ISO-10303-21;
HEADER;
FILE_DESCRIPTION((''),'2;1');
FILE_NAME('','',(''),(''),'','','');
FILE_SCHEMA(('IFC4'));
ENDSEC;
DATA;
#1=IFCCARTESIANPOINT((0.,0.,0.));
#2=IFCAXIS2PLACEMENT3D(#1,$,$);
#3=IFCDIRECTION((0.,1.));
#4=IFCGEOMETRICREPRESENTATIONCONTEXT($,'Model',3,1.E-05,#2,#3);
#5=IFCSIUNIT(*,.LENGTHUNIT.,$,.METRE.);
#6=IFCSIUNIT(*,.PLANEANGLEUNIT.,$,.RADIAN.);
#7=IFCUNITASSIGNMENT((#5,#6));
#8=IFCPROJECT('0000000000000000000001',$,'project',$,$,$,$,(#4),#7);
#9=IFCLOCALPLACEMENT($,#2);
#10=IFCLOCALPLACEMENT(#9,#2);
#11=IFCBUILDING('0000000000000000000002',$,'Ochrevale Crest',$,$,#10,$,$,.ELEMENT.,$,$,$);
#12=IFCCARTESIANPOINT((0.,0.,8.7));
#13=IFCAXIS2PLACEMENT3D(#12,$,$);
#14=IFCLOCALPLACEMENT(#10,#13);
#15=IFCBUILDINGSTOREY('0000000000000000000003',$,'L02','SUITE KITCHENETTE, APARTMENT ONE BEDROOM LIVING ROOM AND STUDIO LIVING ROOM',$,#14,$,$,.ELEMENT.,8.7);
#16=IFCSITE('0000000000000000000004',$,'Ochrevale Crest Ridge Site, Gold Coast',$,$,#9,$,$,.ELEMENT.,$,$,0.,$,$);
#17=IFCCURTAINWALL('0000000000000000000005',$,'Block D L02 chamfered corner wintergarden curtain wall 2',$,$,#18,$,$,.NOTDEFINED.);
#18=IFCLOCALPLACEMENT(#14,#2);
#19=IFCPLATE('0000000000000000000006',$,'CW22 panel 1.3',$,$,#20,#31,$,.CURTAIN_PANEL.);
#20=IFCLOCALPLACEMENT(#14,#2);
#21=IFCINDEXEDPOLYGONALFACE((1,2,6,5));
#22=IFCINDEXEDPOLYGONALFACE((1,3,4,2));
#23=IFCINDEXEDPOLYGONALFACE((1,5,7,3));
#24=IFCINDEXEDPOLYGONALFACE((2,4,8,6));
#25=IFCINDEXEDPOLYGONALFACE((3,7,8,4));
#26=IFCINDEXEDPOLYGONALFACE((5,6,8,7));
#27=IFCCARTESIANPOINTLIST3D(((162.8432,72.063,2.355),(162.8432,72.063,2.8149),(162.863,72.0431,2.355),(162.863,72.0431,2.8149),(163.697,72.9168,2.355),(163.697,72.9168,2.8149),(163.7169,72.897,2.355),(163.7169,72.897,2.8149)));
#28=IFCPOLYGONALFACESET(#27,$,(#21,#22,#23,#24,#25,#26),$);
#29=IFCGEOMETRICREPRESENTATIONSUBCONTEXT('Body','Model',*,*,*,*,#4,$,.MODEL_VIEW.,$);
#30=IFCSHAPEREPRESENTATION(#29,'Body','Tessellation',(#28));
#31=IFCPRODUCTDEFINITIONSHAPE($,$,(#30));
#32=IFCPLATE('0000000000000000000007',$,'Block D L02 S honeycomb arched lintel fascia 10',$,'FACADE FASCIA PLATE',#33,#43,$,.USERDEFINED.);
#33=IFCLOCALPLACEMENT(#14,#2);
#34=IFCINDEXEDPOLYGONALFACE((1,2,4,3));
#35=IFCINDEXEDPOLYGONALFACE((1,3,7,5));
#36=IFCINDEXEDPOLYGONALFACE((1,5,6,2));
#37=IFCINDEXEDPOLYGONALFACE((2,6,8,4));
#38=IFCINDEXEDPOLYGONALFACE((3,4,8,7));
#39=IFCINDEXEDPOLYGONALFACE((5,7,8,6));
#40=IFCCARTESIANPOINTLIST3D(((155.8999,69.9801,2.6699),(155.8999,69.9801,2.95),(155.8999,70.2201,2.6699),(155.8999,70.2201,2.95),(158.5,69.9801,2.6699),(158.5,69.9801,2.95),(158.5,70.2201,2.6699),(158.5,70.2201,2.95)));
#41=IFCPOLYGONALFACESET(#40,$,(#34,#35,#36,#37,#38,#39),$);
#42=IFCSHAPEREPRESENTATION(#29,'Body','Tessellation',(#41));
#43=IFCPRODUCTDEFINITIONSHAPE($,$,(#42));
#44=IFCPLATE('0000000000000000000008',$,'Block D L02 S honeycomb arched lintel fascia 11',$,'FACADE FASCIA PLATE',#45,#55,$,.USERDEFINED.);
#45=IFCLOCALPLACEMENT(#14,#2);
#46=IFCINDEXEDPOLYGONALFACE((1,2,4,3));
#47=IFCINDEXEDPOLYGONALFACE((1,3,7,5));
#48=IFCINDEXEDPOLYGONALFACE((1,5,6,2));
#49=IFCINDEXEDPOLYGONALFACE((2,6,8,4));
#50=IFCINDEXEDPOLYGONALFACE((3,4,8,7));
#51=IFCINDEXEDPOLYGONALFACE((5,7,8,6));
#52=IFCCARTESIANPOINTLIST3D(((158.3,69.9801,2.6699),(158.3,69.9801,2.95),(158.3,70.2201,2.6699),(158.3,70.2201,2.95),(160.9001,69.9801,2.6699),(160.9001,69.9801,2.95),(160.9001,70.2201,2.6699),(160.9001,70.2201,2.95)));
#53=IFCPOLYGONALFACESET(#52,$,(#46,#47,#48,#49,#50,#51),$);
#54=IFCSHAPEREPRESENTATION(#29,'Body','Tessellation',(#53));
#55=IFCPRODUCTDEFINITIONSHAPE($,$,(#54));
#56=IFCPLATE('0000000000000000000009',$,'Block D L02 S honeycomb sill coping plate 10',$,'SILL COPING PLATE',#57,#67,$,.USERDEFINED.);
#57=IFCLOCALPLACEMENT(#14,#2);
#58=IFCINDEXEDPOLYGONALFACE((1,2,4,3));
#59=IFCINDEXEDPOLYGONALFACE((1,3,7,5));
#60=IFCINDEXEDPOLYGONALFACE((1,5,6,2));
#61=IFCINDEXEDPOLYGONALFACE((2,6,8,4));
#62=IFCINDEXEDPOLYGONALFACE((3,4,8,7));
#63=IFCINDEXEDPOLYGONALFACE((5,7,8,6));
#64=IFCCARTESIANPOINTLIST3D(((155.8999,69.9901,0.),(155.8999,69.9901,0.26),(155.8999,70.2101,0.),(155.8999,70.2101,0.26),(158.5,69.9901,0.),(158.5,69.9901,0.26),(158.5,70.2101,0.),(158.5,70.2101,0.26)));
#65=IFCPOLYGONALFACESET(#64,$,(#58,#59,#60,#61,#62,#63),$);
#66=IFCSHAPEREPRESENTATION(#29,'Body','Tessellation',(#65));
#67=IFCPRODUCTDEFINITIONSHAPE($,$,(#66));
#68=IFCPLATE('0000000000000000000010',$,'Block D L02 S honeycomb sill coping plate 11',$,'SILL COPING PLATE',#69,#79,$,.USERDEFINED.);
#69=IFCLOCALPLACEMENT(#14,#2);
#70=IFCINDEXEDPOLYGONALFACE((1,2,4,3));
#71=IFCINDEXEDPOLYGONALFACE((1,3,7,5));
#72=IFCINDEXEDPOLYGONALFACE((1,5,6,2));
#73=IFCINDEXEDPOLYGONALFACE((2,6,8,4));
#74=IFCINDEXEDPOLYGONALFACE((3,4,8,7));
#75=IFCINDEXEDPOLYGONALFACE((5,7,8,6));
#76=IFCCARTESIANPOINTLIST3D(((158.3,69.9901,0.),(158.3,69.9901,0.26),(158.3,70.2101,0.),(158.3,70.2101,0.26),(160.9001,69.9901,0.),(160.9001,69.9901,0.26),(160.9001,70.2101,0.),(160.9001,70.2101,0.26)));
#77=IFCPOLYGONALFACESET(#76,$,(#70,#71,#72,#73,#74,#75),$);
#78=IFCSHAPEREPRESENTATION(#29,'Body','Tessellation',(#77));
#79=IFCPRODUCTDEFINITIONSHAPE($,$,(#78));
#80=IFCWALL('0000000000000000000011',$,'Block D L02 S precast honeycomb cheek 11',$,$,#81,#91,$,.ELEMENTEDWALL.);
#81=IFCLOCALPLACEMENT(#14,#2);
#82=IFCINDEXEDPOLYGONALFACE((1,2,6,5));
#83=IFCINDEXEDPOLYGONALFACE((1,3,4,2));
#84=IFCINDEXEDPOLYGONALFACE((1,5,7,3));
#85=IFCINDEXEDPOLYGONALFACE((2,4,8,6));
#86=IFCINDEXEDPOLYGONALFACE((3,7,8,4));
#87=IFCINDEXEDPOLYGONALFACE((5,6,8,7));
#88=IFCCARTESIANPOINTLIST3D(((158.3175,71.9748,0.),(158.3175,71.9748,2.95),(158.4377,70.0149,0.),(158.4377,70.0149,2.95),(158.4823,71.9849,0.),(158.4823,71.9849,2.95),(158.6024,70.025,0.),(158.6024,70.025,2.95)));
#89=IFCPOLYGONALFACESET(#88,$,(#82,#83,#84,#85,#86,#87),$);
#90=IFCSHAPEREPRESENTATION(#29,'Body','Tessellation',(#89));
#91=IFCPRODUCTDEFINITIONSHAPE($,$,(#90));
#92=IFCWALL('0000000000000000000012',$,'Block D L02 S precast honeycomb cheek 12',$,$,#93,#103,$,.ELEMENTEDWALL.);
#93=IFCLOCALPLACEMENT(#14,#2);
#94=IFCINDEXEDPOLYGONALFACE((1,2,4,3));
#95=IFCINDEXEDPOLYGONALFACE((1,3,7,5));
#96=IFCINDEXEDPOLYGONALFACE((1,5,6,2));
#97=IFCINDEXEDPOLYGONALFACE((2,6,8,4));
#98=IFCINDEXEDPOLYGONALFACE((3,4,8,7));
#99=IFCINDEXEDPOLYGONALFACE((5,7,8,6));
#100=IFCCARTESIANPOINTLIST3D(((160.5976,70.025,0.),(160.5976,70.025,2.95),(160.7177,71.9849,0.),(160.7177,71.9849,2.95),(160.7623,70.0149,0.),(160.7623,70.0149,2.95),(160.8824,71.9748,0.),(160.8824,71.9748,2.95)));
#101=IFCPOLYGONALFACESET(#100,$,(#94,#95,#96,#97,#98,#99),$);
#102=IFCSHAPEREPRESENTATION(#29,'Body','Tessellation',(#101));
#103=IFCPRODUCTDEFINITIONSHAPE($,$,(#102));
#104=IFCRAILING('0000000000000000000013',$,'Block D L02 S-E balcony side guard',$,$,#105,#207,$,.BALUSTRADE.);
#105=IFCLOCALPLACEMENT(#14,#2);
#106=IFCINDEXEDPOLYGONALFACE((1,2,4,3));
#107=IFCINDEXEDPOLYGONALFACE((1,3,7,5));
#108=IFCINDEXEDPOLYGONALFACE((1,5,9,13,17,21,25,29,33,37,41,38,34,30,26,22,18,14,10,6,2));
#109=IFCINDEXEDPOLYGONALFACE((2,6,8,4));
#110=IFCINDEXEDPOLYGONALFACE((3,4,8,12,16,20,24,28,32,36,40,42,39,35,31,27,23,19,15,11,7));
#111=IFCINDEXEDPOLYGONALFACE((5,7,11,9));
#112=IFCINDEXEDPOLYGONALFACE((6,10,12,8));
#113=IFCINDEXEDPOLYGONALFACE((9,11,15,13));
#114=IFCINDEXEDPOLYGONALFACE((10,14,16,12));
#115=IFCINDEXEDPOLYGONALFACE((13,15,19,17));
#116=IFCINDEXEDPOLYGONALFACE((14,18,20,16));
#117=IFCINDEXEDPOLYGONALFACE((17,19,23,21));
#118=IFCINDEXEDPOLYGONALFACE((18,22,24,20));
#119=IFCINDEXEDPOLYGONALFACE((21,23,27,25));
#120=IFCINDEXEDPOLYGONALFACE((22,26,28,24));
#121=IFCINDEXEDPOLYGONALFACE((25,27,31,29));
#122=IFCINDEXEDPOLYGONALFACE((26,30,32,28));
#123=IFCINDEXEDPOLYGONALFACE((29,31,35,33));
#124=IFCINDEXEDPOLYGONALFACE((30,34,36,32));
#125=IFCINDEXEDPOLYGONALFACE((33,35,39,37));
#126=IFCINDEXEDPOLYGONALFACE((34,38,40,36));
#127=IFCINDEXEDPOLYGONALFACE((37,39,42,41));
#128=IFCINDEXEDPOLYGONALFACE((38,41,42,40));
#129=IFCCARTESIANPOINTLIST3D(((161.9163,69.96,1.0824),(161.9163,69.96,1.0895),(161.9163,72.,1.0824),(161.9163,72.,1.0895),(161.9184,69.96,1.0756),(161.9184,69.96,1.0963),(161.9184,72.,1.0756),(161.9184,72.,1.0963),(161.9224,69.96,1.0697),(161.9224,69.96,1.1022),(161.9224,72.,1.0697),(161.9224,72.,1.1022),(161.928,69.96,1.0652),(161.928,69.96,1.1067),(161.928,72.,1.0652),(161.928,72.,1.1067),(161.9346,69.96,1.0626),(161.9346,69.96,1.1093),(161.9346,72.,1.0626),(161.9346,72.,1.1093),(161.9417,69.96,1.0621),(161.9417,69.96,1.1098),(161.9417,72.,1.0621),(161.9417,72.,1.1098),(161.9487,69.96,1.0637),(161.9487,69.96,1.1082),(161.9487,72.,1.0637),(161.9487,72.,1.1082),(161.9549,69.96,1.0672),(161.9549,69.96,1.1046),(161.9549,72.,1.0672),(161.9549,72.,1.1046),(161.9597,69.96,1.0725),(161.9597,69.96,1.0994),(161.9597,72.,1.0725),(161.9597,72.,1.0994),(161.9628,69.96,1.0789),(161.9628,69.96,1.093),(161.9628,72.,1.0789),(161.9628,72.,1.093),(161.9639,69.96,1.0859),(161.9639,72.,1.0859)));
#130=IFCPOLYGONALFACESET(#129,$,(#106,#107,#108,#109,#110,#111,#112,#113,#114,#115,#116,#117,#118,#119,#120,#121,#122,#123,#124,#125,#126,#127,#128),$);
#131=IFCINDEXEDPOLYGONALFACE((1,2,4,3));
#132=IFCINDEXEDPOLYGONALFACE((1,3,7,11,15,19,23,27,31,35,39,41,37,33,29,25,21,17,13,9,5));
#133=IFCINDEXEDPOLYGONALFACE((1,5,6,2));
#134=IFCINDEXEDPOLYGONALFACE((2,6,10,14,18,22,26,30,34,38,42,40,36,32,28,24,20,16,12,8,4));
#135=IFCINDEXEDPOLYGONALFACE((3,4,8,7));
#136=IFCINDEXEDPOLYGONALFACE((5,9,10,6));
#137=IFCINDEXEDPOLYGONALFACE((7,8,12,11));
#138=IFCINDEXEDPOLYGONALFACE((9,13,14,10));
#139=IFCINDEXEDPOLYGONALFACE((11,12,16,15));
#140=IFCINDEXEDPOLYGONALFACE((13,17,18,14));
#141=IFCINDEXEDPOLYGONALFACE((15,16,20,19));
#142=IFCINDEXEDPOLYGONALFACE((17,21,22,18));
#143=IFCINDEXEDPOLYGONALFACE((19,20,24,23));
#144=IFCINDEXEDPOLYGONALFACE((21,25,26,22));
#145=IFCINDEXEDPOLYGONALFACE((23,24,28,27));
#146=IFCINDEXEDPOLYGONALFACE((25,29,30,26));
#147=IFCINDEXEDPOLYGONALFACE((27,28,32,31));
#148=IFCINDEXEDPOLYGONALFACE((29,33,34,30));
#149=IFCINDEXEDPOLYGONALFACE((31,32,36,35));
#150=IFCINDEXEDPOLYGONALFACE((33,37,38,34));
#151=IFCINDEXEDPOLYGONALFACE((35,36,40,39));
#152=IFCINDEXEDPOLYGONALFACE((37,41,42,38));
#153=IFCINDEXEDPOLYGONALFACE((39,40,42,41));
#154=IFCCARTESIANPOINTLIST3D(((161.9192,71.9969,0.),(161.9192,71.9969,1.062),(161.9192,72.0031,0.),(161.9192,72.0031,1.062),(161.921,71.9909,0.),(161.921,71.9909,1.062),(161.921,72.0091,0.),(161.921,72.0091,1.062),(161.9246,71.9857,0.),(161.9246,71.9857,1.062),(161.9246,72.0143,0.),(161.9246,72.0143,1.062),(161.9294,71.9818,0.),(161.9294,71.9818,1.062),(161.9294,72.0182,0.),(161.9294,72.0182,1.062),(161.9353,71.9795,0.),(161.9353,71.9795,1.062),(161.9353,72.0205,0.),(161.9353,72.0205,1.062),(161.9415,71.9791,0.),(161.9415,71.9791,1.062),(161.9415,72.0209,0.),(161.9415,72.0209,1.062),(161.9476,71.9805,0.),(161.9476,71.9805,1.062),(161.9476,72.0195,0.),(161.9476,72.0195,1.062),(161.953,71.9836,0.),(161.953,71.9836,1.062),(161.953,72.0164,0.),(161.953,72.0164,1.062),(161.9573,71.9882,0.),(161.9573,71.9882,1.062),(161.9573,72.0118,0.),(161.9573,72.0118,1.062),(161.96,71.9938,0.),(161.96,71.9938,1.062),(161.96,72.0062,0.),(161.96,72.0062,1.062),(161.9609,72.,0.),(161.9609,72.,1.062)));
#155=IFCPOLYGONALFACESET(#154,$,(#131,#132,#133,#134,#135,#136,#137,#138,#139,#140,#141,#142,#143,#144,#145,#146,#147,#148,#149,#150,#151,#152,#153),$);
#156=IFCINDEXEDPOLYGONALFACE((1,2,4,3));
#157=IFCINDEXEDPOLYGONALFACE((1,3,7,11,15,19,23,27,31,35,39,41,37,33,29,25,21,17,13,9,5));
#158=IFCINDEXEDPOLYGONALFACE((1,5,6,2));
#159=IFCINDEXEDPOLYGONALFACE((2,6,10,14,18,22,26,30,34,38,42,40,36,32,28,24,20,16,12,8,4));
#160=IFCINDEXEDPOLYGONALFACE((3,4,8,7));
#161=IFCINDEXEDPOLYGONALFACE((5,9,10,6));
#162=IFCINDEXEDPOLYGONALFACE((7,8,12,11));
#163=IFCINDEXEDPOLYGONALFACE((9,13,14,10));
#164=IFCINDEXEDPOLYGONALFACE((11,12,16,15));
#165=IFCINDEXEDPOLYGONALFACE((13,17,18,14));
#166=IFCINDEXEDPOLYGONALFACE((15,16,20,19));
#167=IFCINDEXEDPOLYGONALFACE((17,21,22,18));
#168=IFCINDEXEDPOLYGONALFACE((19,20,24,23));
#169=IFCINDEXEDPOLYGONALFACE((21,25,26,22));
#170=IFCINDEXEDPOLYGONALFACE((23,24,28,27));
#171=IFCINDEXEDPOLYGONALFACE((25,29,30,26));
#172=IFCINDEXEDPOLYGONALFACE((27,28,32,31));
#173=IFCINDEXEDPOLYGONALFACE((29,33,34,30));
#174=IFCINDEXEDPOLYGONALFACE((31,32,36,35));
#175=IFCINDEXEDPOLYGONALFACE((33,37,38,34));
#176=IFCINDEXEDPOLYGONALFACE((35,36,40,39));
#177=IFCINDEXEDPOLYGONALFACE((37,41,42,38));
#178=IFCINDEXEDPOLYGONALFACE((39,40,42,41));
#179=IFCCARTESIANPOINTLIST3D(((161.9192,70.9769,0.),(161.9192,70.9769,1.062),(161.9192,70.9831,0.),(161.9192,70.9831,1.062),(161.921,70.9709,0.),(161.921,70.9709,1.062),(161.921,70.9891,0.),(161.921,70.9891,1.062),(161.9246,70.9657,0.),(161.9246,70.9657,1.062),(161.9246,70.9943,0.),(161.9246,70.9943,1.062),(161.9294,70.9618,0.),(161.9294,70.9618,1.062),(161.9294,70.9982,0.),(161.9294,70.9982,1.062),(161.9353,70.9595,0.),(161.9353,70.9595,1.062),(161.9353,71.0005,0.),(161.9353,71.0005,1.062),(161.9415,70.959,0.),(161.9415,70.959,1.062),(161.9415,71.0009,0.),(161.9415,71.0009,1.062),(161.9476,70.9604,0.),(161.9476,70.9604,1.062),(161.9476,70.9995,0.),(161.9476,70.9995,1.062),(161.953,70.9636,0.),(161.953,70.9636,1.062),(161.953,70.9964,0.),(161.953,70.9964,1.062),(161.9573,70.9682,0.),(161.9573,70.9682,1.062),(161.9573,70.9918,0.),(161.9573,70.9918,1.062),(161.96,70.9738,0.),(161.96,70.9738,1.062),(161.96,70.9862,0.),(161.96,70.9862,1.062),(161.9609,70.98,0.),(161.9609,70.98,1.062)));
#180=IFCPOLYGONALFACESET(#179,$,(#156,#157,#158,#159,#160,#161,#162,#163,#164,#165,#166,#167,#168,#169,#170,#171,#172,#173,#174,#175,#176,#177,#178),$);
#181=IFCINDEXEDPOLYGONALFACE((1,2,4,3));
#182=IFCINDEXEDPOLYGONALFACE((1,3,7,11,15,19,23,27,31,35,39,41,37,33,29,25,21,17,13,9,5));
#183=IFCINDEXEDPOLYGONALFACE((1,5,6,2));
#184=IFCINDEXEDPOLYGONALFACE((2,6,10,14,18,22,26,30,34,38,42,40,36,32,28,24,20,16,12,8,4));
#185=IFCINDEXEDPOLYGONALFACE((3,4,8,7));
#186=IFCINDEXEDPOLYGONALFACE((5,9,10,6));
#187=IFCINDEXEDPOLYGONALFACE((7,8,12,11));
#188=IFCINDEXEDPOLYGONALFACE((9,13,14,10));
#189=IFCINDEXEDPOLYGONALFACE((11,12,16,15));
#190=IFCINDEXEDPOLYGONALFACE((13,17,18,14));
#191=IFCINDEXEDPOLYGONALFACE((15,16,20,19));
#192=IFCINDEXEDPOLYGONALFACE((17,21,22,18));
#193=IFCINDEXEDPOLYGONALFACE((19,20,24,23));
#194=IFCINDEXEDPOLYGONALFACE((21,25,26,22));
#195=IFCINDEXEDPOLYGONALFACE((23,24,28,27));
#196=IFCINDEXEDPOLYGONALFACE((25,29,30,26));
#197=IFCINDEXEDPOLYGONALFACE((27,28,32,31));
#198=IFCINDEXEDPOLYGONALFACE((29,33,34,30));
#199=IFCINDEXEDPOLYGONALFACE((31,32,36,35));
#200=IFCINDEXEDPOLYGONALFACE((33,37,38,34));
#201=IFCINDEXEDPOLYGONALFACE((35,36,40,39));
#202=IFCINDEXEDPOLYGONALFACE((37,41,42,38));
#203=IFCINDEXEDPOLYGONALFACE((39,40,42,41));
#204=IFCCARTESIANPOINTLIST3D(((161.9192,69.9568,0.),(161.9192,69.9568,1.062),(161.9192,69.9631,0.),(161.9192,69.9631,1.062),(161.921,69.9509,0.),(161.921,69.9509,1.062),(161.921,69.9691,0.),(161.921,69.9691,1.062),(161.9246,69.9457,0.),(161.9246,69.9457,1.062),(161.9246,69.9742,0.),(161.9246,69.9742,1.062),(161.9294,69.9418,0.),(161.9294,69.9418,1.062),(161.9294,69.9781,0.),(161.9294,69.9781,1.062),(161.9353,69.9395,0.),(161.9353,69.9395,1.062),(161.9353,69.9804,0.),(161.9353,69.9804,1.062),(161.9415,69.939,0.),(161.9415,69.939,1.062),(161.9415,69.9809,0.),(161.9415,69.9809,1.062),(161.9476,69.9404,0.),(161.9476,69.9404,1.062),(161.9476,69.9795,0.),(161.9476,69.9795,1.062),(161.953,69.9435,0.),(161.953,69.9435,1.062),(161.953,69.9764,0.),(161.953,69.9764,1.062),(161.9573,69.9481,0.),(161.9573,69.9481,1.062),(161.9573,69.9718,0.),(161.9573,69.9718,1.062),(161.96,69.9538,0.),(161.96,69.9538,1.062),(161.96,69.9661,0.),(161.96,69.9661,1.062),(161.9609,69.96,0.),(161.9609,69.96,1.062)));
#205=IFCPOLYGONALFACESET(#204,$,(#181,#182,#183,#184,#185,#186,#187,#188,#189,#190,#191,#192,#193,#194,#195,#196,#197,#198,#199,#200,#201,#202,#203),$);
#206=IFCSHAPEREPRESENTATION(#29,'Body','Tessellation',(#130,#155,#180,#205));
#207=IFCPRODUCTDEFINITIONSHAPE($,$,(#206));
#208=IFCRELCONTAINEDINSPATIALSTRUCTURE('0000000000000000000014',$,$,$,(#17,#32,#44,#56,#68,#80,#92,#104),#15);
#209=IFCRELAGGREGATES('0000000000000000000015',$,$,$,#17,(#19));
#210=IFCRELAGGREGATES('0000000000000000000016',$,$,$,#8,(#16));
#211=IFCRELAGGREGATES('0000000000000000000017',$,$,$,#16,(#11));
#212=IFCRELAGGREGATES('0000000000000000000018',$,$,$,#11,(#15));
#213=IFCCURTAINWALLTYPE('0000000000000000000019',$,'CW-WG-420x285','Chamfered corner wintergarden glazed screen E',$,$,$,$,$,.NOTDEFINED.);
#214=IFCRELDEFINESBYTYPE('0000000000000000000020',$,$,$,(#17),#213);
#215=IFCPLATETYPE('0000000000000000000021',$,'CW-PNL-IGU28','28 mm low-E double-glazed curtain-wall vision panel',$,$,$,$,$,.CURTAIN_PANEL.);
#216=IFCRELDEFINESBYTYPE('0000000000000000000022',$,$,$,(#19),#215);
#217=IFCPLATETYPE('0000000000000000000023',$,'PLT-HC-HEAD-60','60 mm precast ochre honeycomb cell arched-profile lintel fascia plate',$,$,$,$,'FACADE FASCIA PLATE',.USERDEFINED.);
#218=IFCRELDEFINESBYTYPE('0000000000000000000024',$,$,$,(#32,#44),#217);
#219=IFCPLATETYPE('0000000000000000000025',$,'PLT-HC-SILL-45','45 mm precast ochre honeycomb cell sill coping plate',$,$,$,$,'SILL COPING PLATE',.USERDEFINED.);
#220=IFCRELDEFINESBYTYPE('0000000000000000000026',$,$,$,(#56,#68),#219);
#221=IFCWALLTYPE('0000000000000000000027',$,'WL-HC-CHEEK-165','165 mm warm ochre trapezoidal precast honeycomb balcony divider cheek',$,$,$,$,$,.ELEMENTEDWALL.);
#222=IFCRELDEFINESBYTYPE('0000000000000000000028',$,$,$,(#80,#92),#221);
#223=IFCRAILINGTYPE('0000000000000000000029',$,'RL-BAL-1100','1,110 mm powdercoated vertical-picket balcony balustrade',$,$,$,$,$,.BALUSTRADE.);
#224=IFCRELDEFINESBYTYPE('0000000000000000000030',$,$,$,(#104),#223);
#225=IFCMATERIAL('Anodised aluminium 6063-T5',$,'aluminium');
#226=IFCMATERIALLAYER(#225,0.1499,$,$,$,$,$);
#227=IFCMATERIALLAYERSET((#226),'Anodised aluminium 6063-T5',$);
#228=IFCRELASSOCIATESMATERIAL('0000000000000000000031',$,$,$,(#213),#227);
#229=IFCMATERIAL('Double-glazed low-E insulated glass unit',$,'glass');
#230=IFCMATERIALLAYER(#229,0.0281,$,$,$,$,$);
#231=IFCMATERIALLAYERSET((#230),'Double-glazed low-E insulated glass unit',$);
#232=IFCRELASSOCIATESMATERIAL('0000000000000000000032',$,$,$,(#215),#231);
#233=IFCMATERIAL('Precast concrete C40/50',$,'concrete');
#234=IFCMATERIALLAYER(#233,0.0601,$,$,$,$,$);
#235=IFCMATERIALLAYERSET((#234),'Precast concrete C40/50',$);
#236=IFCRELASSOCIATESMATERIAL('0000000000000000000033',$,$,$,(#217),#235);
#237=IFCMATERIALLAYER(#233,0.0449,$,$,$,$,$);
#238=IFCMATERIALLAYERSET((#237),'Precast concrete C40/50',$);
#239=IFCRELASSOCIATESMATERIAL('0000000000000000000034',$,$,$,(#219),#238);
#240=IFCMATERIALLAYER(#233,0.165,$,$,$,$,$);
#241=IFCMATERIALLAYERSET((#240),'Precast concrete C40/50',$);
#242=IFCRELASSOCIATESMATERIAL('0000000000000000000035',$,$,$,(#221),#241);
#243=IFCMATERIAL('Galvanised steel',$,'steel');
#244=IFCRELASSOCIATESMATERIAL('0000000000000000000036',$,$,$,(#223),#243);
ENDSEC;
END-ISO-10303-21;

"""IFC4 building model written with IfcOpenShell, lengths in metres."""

from ifc_helpers import new_model, si_unit, direction, frame, frame_2d, origin, origin_2d, place, context, subcontext, project, spatial, rectangle, circle, extrude, material, layer, layer_set, type_object, element, aggregate, save


model = new_model("IFC4")

# Units and contexts
model_context = context("Model", 3, precision=1e-05, world=origin(), true_north=direction((0.0, 1.0)))
body_context = subcontext(model_context, "Body", "Model", "MODEL_VIEW")
ifc_project = project(units=[si_unit("LENGTHUNIT", "METRE"), si_unit("PLANEANGLEUNIT", "RADIAN")], contexts=[model_context])

# Site, building, storey
site_placement = place(None, origin())
site = spatial("IfcSite", under=ifc_project, at=site_placement, Name="Ochrevale Crest Ridge Site, Gold Coast", CompositionType="ELEMENT", RefElevation=0.0)
building_placement = place(site_placement, origin())
building = spatial("IfcBuilding", under=site, at=building_placement, Name="Ochrevale Crest", CompositionType="ELEMENT")
storey_placement = place(building_placement, frame((0.0, 0.0, 8.7)))
storey = spatial("IfcBuildingStorey", under=building, at=storey_placement, Name="L02", Description="SUITE KITCHENETTE, APARTMENT ONE BEDROOM LIVING ROOM AND STUDIO LIVING ROOM", CompositionType="ELEMENT", Elevation=8.7)

# Curtain wall, plate
ifc_material_1 = material(Name="Anodised aluminium 6063-T5", Category="aluminium")
ifc_layer_1 = layer(ifc_material_1, 0.1499)
ifc_layer_set_1 = layer_set([ifc_layer_1], Name="Anodised aluminium 6063-T5")
curtain_wall_type = type_object("IfcCurtainWallType", Name="CW-WG-420x285", Description="Chamfered corner wintergarden glazed screen E", PredefinedType="NOTDEFINED", material=ifc_layer_set_1)
curtain_wall_placement = place(storey_placement, origin())
curtain_wall = element("IfcCurtainWall", 1, at=curtain_wall_placement, inside=storey, type_object=curtain_wall_type, Name="Block D L02 chamfered corner wintergarden curtain wall 2", PredefinedType="NOTDEFINED")
ifc_material_2 = material(Name="Double-glazed low-E insulated glass unit", Category="glass")
ifc_layer_2 = layer(ifc_material_2, 0.0281)
ifc_layer_set_2 = layer_set([ifc_layer_2], Name="Double-glazed low-E insulated glass unit")
plate_type_1 = type_object("IfcPlateType", Name="CW-PNL-IGU28", Description="28 mm low-E double-glazed curtain-wall vision panel", PredefinedType="CURTAIN_PANEL", material=ifc_layer_set_2)
plate_1_placement = place(storey_placement, frame((163.28, 72.48, 2.355), z_axis=(0.0, 0.0, 1.0), x_axis=(0.707107, 0.707107, 0.0)))
plate_1 = element("IfcPlate", 2, at=plate_1_placement, type_object=plate_type_1, Name="CW22 panel 1.3", PredefinedType="CURTAIN_PANEL", context=body_context, shape_type="SweptSolid", body=[
    extrude(rectangle(XDim=1.2075, YDim=0.0281, at=origin_2d()), origin(), (0.0, 0.0, 1.0), 0.46),
])
aggregate(curtain_wall, [plate_1])

# Plates
ifc_material_3 = material(Name="Precast concrete C40/50", Category="concrete")
ifc_layer_3 = layer(ifc_material_3, 0.0601)
ifc_layer_set_3 = layer_set([ifc_layer_3], Name="Precast concrete C40/50")
plate_type_2 = type_object("IfcPlateType", Name="PLT-HC-HEAD-60", Description="60 mm precast ochre honeycomb cell arched-profile lintel fascia plate", ElementType="FACADE FASCIA PLATE", PredefinedType="USERDEFINED", material=ifc_layer_set_3)
for number, where, z_axis, x_axis, name in (
    (3, (157.2, 70.1001, 2.6699), (0.0, 0.0, 1.0), (1.0, 0.0, 0.0), "Block D L02 S honeycomb arched lintel fascia 10"),
    (4, (159.6001, 70.1001, 2.6699), (0.0, 0.0, 1.0), (1.0, 0.0, 0.0), "Block D L02 S honeycomb arched lintel fascia 11"),
):
    element("IfcPlate", number, at=place(storey_placement, frame(where, z_axis=z_axis, x_axis=x_axis)), inside=storey, type_object=plate_type_2, Name=name, ObjectType="FACADE FASCIA PLATE", PredefinedType="USERDEFINED", context=body_context, shape_type="SweptSolid", body=[
        extrude(rectangle(XDim=2.6001, YDim=0.24, at=origin_2d()), origin(), (0.0, 0.0, 1.0), 0.28),
    ])
ifc_layer_4 = layer(ifc_material_3, 0.0449)
ifc_layer_set_4 = layer_set([ifc_layer_4], Name="Precast concrete C40/50")
plate_type_3 = type_object("IfcPlateType", Name="PLT-HC-SILL-45", Description="45 mm precast ochre honeycomb cell sill coping plate", ElementType="SILL COPING PLATE", PredefinedType="USERDEFINED", material=ifc_layer_set_4)
for number, where, z_axis, x_axis, name in (
    (5, (157.2, 70.1001, 0.0), (0.0, 0.0, 1.0), (1.0, 0.0, 0.0), "Block D L02 S honeycomb sill coping plate 10"),
    (6, (159.6001, 70.1001, 0.0), (0.0, 0.0, 1.0), (1.0, 0.0, 0.0), "Block D L02 S honeycomb sill coping plate 11"),
):
    element("IfcPlate", number, at=place(storey_placement, frame(where, z_axis=z_axis, x_axis=x_axis)), inside=storey, type_object=plate_type_3, Name=name, ObjectType="SILL COPING PLATE", PredefinedType="USERDEFINED", context=body_context, shape_type="SweptSolid", body=[
        extrude(rectangle(XDim=2.6001, YDim=0.22, at=origin_2d()), origin(), (0.0, 0.0, 1.0), 0.26),
    ])

# Walls
ifc_layer_5 = layer(ifc_material_3, 0.165)
ifc_layer_set_5 = layer_set([ifc_layer_5], Name="Precast concrete C40/50")
wall_type = type_object("IfcWallType", Name="WL-HC-CHEEK-165", Description="165 mm warm ochre trapezoidal precast honeycomb balcony divider cheek", PredefinedType="ELEMENTEDWALL", material=ifc_layer_set_5)
for number, where, z_axis, x_axis, name in (
    (7, (158.3999, 71.98, 0.0), (0.0, 0.0, 1.0), (0.061171, -0.998127, 0.0), "Block D L02 S precast honeycomb cheek 11"),
    (8, (160.8, 71.98, 0.0), (0.0, 0.0, 1.0), (-0.061171, -0.998127, 0.0), "Block D L02 S precast honeycomb cheek 12"),
):
    element("IfcWall", number, at=place(storey_placement, frame(where, z_axis=z_axis, x_axis=x_axis)), inside=storey, type_object=wall_type, Name=name, PredefinedType="ELEMENTEDWALL", context=body_context, shape_type="SweptSolid", body=[
        extrude(rectangle(XDim=1.9636, YDim=0.165, at=frame_2d((0.9819, 0.0))), origin(), (0.0, 0.0, 1.0), 2.95),
    ])

# Railing
ifc_material_4 = material(Name="Galvanised steel", Category="steel")
railing_type = type_object("IfcRailingType", Name="RL-BAL-1100", Description="1,110 mm powdercoated vertical-picket balcony balustrade", PredefinedType="BALUSTRADE", material=ifc_material_4)
railing_placement = place(storey_placement, frame((161.9399, 72.0, 0.0)))
element("IfcRailing", 9, at=railing_placement, inside=storey, type_object=railing_type, Name="Block D L02 S-E balcony side guard", PredefinedType="BALUSTRADE", context=body_context, shape_type="SweptSolid", body=[
    extrude(circle(Radius=0.0239, at=origin_2d()), frame((0.0, 0.0, 1.0859), z_axis=(0.0, -1.0, 0.0), x_axis=(1.0, 0.0, 0.0)), (0.0, 0.0, 1.0), 2.04),
    extrude(circle(Radius=0.021, at=origin_2d()), origin(), (0.0, 0.0, 1.0), 1.062),
    extrude(circle(Radius=0.021, at=origin_2d()), frame((0.0, -1.02, 0.0)), (0.0, 0.0, 1.0), 1.062),
    extrude(circle(Radius=0.021, at=origin_2d()), frame((0.0, -2.04, 0.0)), (0.0, 0.0, 1.0), 1.062),
])

save(model, "model.ifc")
